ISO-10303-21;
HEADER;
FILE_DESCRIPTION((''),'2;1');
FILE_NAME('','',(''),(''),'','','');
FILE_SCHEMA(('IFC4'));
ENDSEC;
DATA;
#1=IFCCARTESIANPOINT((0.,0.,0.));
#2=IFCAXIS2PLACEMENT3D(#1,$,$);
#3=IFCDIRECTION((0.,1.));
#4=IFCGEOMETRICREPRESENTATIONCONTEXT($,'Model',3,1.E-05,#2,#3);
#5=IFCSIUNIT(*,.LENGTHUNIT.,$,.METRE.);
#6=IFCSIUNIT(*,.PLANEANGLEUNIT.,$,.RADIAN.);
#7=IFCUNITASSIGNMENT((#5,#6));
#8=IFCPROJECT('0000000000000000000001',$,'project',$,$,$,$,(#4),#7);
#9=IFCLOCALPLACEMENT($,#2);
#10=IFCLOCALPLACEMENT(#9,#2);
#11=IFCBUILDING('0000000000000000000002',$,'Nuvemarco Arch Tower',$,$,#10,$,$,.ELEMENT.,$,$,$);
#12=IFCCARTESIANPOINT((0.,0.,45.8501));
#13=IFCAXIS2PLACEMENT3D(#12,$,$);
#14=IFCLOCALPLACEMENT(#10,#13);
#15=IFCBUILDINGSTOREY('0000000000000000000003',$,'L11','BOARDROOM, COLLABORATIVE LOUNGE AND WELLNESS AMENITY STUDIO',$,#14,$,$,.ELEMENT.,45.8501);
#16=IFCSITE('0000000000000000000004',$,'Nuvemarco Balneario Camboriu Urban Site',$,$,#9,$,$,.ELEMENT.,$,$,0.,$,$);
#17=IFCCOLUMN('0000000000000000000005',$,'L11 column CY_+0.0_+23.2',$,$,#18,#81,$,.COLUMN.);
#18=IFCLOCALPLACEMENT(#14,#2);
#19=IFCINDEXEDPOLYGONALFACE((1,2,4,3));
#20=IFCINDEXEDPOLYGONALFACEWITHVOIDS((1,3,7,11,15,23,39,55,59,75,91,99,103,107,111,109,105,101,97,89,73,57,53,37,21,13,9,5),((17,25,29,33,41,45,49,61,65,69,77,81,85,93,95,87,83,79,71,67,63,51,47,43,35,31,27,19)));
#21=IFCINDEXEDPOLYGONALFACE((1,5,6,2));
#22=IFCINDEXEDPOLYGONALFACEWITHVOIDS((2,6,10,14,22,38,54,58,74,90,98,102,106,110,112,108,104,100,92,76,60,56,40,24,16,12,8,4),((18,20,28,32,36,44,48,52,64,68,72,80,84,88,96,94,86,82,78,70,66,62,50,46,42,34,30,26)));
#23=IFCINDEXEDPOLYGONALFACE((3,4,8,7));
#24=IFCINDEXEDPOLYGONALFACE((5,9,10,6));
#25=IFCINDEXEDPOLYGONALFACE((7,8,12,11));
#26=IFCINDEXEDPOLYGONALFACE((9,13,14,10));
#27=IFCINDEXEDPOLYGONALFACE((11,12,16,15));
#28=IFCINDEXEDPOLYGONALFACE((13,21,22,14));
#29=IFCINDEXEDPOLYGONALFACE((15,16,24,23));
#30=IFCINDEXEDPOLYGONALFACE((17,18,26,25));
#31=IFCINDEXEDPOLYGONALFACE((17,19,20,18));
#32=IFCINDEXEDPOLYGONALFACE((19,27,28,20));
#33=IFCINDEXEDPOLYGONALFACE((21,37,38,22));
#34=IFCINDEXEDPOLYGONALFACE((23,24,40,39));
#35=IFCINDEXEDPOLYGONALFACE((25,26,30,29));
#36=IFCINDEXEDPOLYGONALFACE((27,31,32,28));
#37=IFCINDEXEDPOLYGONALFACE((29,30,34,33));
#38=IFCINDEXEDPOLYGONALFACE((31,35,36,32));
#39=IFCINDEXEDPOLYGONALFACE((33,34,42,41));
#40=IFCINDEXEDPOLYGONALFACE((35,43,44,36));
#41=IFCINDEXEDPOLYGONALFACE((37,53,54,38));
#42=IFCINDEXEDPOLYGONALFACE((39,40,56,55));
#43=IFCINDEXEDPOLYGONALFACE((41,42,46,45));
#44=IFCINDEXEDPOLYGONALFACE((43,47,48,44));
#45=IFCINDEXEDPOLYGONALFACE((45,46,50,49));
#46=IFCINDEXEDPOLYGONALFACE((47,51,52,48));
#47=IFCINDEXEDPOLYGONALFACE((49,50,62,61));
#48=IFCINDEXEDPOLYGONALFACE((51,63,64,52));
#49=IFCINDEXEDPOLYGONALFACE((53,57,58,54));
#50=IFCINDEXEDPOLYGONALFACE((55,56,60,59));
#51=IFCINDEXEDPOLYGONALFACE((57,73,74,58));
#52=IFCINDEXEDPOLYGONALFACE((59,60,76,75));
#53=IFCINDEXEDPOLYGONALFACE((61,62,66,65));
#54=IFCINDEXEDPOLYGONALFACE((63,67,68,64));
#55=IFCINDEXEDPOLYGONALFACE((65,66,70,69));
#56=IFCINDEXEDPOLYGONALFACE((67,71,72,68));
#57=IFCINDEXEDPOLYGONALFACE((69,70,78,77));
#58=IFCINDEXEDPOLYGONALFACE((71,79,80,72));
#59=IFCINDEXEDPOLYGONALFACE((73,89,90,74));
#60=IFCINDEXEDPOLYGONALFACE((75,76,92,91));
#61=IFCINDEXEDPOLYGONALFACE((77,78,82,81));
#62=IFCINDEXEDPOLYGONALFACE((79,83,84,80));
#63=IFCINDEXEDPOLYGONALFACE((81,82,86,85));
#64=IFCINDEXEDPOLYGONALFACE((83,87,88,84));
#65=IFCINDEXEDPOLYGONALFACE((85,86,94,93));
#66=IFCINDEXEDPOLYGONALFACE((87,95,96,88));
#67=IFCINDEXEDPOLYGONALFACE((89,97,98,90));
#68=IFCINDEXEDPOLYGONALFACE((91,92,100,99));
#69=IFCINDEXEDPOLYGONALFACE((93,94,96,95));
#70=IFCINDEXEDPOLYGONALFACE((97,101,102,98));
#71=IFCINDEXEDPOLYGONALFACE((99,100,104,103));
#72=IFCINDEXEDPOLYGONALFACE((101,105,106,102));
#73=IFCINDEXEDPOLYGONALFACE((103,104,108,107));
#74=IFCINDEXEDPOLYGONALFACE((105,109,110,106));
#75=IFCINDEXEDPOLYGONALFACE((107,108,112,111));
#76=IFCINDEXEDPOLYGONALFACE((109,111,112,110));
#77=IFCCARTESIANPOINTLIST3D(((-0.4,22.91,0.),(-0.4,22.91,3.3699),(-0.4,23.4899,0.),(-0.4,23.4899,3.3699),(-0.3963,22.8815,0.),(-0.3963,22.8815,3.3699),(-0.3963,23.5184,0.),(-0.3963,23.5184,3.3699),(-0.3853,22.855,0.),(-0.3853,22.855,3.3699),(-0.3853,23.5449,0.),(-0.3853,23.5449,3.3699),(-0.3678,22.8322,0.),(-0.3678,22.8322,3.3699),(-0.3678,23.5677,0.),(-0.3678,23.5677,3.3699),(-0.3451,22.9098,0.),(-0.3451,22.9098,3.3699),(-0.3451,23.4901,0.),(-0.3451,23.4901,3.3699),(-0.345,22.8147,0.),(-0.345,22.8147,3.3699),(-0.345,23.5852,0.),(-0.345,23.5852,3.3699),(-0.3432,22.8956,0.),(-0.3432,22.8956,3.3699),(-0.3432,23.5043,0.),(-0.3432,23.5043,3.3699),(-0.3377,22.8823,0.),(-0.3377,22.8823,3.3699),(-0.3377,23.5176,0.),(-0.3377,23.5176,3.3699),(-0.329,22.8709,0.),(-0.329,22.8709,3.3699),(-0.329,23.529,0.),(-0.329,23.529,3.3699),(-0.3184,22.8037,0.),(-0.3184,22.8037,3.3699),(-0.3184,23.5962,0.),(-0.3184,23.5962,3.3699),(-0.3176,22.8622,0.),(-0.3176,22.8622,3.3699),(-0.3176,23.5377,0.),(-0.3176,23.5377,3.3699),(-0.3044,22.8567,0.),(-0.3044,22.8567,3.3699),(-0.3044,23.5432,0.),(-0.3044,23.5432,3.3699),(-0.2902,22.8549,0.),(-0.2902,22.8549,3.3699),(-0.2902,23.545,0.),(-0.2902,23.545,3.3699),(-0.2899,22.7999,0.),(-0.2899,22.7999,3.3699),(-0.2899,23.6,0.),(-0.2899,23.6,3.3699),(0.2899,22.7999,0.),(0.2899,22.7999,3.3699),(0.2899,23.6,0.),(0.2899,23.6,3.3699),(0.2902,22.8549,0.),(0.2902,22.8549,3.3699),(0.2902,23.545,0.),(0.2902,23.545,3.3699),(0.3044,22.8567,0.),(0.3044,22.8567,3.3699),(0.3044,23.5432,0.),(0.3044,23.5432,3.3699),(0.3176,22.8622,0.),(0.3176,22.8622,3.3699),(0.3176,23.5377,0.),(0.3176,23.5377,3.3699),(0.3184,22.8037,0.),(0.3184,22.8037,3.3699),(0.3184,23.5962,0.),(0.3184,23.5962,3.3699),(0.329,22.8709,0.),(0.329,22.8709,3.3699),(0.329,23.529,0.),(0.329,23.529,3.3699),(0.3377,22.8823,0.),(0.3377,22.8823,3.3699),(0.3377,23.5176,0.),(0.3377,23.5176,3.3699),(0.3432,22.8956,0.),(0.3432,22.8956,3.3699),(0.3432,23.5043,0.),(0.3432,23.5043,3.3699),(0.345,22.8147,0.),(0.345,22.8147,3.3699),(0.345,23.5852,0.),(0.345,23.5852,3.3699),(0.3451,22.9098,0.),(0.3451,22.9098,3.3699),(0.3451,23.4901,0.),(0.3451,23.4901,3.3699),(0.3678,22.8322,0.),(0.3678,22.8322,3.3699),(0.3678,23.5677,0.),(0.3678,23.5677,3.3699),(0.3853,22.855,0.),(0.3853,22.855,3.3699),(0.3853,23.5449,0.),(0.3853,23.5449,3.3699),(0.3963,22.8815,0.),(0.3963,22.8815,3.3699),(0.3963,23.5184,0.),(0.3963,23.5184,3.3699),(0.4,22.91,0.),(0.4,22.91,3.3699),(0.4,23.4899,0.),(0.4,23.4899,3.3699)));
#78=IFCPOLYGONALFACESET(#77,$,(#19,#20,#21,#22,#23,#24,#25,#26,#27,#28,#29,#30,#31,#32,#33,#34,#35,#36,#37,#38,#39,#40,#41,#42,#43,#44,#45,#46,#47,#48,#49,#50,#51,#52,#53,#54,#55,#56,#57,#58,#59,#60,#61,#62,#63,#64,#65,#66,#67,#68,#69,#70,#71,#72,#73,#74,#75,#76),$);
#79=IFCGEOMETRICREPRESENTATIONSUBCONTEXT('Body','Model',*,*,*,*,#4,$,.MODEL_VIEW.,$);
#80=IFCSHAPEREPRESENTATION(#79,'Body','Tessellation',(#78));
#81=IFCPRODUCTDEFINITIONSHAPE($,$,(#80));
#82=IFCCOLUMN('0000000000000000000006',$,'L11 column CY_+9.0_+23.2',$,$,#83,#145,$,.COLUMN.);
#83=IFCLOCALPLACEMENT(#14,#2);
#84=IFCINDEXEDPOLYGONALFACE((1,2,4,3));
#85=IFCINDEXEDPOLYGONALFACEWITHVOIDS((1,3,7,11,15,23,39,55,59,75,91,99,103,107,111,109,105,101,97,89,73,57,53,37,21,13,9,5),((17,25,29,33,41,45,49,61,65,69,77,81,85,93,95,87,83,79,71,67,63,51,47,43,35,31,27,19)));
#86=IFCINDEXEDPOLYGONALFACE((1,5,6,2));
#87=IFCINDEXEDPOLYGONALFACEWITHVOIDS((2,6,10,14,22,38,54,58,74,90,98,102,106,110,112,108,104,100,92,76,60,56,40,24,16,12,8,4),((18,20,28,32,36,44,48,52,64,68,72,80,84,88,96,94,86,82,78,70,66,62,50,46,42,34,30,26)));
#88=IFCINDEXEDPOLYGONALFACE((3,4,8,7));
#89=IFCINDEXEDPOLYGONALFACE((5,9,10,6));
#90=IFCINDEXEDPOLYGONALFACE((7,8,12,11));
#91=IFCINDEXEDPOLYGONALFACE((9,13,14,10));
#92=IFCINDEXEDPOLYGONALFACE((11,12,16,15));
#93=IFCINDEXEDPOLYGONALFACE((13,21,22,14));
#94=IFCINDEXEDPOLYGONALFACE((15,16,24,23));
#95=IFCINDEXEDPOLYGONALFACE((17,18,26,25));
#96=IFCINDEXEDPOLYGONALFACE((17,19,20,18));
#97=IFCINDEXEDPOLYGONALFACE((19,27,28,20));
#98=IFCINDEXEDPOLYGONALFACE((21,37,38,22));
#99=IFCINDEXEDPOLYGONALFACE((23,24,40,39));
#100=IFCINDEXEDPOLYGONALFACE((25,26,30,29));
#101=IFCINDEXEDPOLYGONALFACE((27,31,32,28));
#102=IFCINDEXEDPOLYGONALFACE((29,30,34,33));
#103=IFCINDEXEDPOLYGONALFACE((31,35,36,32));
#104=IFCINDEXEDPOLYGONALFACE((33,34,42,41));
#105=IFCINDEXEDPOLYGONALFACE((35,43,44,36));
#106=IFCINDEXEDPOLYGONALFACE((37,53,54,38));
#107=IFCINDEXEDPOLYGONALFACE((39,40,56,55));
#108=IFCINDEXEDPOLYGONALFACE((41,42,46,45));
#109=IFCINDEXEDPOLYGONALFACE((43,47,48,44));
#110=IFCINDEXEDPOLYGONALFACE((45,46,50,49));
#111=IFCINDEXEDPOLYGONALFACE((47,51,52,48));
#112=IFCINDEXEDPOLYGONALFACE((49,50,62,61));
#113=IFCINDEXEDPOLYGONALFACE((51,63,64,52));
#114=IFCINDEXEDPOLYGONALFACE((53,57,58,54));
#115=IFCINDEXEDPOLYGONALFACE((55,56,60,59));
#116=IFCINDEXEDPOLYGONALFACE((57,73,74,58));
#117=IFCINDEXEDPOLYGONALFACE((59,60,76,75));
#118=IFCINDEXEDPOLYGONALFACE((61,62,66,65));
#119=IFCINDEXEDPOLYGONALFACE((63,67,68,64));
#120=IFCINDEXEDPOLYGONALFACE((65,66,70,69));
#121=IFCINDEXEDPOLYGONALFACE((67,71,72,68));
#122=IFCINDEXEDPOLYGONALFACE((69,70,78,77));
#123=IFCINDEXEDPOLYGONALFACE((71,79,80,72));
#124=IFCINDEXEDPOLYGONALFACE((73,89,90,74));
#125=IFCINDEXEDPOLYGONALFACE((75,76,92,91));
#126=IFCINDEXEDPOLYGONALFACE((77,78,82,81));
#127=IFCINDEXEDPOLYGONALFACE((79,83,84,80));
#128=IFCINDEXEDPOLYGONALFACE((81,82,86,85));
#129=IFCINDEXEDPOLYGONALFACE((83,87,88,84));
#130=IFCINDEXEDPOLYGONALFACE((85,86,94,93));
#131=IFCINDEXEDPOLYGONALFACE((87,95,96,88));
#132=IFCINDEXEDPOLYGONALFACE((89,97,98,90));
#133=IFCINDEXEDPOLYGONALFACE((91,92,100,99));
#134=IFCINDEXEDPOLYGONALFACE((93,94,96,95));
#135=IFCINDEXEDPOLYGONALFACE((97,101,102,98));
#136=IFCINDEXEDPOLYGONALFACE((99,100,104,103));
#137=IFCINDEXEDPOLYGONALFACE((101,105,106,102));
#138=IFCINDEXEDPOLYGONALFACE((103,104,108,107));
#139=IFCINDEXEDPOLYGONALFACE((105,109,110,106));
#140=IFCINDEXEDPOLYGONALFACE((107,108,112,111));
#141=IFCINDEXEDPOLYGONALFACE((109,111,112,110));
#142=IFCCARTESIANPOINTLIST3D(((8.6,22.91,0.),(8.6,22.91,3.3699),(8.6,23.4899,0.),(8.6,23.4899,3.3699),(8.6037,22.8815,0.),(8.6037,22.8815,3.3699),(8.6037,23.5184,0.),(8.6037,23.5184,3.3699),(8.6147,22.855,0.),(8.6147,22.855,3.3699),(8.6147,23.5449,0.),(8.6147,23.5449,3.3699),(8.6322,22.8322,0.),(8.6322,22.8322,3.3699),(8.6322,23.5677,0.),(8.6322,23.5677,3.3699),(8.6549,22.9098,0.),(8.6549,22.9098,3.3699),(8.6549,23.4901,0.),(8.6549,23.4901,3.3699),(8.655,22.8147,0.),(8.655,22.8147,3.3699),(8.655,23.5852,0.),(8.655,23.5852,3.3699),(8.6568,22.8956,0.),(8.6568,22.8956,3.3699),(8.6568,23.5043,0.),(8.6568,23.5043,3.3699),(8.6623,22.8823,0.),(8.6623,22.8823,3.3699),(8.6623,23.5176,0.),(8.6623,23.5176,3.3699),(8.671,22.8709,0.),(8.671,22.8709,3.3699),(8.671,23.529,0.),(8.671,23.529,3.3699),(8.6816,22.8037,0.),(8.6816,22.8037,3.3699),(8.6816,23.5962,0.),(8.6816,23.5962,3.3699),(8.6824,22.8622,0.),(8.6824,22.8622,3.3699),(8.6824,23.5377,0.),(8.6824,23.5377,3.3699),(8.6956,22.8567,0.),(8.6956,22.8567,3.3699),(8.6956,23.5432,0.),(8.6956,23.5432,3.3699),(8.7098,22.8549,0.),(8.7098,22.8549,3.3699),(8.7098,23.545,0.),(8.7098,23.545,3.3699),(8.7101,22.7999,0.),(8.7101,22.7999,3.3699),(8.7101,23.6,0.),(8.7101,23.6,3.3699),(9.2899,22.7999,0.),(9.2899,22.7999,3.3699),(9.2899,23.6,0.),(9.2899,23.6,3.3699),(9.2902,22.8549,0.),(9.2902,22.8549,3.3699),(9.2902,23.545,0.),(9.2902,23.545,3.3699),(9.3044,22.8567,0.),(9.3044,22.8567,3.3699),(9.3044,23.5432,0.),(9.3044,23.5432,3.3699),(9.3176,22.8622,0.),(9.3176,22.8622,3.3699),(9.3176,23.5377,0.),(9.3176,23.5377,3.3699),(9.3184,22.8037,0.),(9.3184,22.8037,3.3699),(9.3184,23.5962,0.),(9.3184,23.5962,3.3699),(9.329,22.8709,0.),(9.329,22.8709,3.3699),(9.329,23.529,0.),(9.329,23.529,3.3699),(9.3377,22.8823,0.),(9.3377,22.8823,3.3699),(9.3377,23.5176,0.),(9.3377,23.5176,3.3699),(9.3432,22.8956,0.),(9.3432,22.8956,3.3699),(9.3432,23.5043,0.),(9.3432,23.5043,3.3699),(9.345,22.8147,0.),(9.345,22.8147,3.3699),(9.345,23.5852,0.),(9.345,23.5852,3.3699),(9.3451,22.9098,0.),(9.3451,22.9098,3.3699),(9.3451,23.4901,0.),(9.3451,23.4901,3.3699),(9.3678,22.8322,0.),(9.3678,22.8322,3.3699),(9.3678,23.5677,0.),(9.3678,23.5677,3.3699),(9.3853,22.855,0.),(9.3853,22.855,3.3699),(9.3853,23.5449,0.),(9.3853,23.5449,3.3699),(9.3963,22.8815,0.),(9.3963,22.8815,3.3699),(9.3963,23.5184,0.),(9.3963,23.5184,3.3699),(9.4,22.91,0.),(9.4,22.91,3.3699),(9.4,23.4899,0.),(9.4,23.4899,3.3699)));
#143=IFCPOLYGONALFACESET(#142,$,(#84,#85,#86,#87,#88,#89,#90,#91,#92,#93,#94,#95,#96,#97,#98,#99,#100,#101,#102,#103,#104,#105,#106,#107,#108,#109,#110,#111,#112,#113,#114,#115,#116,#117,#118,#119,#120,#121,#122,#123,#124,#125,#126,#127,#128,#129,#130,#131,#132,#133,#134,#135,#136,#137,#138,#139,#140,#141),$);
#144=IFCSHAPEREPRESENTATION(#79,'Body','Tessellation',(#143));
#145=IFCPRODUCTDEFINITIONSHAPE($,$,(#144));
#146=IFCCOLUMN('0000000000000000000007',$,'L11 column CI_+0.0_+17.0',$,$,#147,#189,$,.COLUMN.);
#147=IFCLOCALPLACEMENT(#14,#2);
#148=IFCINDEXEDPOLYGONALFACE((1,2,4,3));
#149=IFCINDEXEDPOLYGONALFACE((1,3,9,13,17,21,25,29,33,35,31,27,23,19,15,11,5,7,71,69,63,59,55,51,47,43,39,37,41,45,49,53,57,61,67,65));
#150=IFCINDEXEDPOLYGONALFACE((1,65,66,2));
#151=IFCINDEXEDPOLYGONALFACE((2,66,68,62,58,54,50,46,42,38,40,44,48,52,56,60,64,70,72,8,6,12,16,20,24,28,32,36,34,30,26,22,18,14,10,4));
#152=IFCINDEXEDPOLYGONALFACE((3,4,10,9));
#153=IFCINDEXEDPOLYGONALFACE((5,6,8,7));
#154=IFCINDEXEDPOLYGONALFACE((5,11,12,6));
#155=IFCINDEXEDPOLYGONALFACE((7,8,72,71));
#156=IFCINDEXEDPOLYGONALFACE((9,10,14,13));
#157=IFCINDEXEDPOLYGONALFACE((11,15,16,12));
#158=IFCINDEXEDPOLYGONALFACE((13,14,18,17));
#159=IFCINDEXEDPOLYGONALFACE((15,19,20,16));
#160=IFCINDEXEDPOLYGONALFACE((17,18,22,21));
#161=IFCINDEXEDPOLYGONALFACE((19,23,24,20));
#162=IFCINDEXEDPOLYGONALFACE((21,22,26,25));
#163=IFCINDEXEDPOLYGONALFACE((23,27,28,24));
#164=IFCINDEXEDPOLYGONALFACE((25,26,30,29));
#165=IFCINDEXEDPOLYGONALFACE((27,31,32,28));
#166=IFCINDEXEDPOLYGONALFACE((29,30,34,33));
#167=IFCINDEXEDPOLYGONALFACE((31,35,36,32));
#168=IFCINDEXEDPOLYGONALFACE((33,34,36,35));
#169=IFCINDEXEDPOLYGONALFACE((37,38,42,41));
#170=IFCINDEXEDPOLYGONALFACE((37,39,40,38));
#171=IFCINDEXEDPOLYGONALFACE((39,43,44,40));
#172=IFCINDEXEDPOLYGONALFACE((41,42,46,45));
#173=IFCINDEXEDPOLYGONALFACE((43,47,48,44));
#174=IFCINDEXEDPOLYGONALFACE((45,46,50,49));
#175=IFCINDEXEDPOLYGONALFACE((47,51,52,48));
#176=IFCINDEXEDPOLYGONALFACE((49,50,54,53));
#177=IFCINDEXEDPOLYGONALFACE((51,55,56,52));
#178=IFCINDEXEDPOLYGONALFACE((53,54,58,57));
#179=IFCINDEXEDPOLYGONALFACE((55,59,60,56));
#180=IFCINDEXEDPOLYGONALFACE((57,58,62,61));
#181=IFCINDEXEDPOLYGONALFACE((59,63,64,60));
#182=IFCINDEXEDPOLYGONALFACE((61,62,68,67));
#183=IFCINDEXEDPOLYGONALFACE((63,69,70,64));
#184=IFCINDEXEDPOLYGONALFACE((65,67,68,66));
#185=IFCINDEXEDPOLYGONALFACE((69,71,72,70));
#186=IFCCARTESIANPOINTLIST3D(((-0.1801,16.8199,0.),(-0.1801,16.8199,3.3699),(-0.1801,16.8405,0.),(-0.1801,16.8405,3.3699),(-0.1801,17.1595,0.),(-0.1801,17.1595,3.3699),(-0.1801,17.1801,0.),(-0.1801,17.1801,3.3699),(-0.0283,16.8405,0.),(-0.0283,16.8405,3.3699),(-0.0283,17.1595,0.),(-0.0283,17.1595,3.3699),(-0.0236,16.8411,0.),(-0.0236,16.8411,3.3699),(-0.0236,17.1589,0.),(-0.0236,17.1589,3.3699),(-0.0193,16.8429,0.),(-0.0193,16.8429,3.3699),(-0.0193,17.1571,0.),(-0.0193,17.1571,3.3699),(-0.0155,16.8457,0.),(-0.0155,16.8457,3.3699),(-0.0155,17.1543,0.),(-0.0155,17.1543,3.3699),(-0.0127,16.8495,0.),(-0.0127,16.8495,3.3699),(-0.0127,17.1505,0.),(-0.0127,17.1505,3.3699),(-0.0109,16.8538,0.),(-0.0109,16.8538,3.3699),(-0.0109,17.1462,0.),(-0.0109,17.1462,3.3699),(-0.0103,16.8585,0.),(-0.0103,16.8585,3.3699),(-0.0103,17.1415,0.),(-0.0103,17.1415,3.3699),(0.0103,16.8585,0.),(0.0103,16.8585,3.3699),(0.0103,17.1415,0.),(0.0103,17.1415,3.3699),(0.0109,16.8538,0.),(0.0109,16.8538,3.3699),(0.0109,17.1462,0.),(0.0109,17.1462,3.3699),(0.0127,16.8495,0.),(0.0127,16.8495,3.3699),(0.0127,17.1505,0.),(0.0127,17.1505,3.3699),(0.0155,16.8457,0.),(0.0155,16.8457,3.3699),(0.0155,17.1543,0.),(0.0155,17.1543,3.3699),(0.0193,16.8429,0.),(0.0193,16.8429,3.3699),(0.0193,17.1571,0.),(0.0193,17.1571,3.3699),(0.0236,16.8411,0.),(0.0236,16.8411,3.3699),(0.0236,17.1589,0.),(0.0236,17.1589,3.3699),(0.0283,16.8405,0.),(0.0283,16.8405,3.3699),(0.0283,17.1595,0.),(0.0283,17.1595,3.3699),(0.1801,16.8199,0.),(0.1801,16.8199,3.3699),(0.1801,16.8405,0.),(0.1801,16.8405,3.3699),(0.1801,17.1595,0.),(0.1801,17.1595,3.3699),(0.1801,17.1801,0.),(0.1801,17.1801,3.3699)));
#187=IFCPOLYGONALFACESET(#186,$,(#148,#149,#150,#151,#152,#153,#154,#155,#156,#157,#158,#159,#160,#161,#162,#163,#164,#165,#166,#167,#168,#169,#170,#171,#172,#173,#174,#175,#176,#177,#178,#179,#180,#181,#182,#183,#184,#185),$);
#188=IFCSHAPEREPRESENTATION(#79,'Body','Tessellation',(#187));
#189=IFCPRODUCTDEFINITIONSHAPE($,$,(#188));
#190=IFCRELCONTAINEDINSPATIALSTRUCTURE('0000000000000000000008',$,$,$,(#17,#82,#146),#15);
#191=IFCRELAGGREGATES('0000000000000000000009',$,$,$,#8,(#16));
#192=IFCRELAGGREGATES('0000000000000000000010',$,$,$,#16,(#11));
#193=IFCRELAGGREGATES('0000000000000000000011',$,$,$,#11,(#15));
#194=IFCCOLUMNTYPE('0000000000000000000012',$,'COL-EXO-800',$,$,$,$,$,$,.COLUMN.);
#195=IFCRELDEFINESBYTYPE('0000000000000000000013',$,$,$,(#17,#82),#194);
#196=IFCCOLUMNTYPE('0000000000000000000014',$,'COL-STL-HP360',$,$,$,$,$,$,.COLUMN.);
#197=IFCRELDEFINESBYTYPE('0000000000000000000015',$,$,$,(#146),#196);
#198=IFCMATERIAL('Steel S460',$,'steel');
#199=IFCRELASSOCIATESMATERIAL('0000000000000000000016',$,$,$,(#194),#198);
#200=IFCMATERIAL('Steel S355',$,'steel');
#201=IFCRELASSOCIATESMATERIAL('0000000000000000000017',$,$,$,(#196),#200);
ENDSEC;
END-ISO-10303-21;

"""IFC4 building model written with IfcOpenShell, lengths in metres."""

from ifc_helpers import new_model, si_unit, direction, frame, origin, origin_2d, place, context, subcontext, project, spatial, hollow_rectangle, i_section, extrude, material, material_profile, profile_set, type_object, element, save


model = new_model("IFC4")

# Units and contexts
model_context = context("Model", 3, precision=1e-05, world=origin(), true_north=direction((0.0, 1.0)))
body_context = subcontext(model_context, "Body", "Model", "MODEL_VIEW")
ifc_project = project(units=[si_unit("LENGTHUNIT", "METRE"), si_unit("PLANEANGLEUNIT", "RADIAN")], contexts=[model_context])

# Site, building, storey
site_placement = place(None, origin())
site = spatial("IfcSite", under=ifc_project, at=site_placement, Name="Nuvemarco Balneario Camboriu Urban Site", CompositionType="ELEMENT", RefElevation=0.0)
building_placement = place(site_placement, origin())
building = spatial("IfcBuilding", under=site, at=building_placement, Name="Nuvemarco Arch Tower", CompositionType="ELEMENT")
storey_placement = place(building_placement, frame((0.0, 0.0, 45.8501)))
storey = spatial("IfcBuildingStorey", under=building, at=storey_placement, Name="L11", Description="BOARDROOM, COLLABORATIVE LOUNGE AND WELLNESS AMENITY STUDIO", CompositionType="ELEMENT", Elevation=45.8501)

# Columns
ifc_material_1 = material(Name="Steel S460", Category="steel")
ifc_material_profile_1 = material_profile(ifc_material_1, hollow_rectangle(XDim=0.8, YDim=0.8, WallThickness=0.0549, InnerFilletRadius=0.0549, OuterFilletRadius=0.1101, at=origin_2d()), Name="SHS800x800x55")
ifc_profile_set_1 = profile_set([ifc_material_profile_1], Name="Steel S460")
column_type_1 = type_object("IfcColumnType", Name="COL-EXO-800", PredefinedType="COLUMN", material=ifc_profile_set_1)
for number, where, z_axis, x_axis, name in (
    (1, (0.0, 23.2, 0.0), (0.0, 0.0, 1.0), (1.0, 0.0, 0.0), "L11 column CY_+0.0_+23.2"),
    (2, (9.0, 23.2, 0.0), (0.0, 0.0, 1.0), (1.0, 0.0, 0.0), "L11 column CY_+9.0_+23.2"),
):
    element("IfcColumn", number, at=place(storey_placement, frame(where, z_axis=z_axis, x_axis=x_axis)), inside=storey, type_object=column_type_1, Name=name, PredefinedType="COLUMN", context=body_context, shape_type="SweptSolid", body=[
        extrude(hollow_rectangle(XDim=0.8, YDim=0.8, WallThickness=0.0549, InnerFilletRadius=0.0549, OuterFilletRadius=0.1101, at=origin_2d()), origin(), (0.0, 0.0, 1.0), 3.3699),
    ])
ifc_material_2 = material(Name="Steel S355", Category="steel")
ifc_material_profile_2 = material_profile(ifc_material_2, i_section(OverallWidth=0.3601, OverallDepth=0.3601, WebThickness=0.0205, FlangeThickness=0.0205, FilletRadius=0.0181, at=origin_2d()), Name="HP360x174")
ifc_profile_set_2 = profile_set([ifc_material_profile_2], Name="Steel S355")
column_type_2 = type_object("IfcColumnType", Name="COL-STL-HP360", PredefinedType="COLUMN", material=ifc_profile_set_2)
for number, where, z_axis, x_axis, name in (
    (3, (0.0, 17.0, 0.0), (0.0, 0.0, 1.0), (1.0, 0.0, 0.0), "L11 column CI_+0.0_+17.0"),
):
    element("IfcColumn", number, at=place(storey_placement, frame(where, z_axis=z_axis, x_axis=x_axis)), inside=storey, type_object=column_type_2, Name=name, PredefinedType="COLUMN", context=body_context, shape_type="SweptSolid", body=[
        extrude(i_section(OverallWidth=0.3601, OverallDepth=0.3601, WebThickness=0.0205, FlangeThickness=0.0205, FilletRadius=0.0181, at=origin_2d()), origin(), (0.0, 0.0, 1.0), 3.3699),
    ])

save(model, "model.ifc")
